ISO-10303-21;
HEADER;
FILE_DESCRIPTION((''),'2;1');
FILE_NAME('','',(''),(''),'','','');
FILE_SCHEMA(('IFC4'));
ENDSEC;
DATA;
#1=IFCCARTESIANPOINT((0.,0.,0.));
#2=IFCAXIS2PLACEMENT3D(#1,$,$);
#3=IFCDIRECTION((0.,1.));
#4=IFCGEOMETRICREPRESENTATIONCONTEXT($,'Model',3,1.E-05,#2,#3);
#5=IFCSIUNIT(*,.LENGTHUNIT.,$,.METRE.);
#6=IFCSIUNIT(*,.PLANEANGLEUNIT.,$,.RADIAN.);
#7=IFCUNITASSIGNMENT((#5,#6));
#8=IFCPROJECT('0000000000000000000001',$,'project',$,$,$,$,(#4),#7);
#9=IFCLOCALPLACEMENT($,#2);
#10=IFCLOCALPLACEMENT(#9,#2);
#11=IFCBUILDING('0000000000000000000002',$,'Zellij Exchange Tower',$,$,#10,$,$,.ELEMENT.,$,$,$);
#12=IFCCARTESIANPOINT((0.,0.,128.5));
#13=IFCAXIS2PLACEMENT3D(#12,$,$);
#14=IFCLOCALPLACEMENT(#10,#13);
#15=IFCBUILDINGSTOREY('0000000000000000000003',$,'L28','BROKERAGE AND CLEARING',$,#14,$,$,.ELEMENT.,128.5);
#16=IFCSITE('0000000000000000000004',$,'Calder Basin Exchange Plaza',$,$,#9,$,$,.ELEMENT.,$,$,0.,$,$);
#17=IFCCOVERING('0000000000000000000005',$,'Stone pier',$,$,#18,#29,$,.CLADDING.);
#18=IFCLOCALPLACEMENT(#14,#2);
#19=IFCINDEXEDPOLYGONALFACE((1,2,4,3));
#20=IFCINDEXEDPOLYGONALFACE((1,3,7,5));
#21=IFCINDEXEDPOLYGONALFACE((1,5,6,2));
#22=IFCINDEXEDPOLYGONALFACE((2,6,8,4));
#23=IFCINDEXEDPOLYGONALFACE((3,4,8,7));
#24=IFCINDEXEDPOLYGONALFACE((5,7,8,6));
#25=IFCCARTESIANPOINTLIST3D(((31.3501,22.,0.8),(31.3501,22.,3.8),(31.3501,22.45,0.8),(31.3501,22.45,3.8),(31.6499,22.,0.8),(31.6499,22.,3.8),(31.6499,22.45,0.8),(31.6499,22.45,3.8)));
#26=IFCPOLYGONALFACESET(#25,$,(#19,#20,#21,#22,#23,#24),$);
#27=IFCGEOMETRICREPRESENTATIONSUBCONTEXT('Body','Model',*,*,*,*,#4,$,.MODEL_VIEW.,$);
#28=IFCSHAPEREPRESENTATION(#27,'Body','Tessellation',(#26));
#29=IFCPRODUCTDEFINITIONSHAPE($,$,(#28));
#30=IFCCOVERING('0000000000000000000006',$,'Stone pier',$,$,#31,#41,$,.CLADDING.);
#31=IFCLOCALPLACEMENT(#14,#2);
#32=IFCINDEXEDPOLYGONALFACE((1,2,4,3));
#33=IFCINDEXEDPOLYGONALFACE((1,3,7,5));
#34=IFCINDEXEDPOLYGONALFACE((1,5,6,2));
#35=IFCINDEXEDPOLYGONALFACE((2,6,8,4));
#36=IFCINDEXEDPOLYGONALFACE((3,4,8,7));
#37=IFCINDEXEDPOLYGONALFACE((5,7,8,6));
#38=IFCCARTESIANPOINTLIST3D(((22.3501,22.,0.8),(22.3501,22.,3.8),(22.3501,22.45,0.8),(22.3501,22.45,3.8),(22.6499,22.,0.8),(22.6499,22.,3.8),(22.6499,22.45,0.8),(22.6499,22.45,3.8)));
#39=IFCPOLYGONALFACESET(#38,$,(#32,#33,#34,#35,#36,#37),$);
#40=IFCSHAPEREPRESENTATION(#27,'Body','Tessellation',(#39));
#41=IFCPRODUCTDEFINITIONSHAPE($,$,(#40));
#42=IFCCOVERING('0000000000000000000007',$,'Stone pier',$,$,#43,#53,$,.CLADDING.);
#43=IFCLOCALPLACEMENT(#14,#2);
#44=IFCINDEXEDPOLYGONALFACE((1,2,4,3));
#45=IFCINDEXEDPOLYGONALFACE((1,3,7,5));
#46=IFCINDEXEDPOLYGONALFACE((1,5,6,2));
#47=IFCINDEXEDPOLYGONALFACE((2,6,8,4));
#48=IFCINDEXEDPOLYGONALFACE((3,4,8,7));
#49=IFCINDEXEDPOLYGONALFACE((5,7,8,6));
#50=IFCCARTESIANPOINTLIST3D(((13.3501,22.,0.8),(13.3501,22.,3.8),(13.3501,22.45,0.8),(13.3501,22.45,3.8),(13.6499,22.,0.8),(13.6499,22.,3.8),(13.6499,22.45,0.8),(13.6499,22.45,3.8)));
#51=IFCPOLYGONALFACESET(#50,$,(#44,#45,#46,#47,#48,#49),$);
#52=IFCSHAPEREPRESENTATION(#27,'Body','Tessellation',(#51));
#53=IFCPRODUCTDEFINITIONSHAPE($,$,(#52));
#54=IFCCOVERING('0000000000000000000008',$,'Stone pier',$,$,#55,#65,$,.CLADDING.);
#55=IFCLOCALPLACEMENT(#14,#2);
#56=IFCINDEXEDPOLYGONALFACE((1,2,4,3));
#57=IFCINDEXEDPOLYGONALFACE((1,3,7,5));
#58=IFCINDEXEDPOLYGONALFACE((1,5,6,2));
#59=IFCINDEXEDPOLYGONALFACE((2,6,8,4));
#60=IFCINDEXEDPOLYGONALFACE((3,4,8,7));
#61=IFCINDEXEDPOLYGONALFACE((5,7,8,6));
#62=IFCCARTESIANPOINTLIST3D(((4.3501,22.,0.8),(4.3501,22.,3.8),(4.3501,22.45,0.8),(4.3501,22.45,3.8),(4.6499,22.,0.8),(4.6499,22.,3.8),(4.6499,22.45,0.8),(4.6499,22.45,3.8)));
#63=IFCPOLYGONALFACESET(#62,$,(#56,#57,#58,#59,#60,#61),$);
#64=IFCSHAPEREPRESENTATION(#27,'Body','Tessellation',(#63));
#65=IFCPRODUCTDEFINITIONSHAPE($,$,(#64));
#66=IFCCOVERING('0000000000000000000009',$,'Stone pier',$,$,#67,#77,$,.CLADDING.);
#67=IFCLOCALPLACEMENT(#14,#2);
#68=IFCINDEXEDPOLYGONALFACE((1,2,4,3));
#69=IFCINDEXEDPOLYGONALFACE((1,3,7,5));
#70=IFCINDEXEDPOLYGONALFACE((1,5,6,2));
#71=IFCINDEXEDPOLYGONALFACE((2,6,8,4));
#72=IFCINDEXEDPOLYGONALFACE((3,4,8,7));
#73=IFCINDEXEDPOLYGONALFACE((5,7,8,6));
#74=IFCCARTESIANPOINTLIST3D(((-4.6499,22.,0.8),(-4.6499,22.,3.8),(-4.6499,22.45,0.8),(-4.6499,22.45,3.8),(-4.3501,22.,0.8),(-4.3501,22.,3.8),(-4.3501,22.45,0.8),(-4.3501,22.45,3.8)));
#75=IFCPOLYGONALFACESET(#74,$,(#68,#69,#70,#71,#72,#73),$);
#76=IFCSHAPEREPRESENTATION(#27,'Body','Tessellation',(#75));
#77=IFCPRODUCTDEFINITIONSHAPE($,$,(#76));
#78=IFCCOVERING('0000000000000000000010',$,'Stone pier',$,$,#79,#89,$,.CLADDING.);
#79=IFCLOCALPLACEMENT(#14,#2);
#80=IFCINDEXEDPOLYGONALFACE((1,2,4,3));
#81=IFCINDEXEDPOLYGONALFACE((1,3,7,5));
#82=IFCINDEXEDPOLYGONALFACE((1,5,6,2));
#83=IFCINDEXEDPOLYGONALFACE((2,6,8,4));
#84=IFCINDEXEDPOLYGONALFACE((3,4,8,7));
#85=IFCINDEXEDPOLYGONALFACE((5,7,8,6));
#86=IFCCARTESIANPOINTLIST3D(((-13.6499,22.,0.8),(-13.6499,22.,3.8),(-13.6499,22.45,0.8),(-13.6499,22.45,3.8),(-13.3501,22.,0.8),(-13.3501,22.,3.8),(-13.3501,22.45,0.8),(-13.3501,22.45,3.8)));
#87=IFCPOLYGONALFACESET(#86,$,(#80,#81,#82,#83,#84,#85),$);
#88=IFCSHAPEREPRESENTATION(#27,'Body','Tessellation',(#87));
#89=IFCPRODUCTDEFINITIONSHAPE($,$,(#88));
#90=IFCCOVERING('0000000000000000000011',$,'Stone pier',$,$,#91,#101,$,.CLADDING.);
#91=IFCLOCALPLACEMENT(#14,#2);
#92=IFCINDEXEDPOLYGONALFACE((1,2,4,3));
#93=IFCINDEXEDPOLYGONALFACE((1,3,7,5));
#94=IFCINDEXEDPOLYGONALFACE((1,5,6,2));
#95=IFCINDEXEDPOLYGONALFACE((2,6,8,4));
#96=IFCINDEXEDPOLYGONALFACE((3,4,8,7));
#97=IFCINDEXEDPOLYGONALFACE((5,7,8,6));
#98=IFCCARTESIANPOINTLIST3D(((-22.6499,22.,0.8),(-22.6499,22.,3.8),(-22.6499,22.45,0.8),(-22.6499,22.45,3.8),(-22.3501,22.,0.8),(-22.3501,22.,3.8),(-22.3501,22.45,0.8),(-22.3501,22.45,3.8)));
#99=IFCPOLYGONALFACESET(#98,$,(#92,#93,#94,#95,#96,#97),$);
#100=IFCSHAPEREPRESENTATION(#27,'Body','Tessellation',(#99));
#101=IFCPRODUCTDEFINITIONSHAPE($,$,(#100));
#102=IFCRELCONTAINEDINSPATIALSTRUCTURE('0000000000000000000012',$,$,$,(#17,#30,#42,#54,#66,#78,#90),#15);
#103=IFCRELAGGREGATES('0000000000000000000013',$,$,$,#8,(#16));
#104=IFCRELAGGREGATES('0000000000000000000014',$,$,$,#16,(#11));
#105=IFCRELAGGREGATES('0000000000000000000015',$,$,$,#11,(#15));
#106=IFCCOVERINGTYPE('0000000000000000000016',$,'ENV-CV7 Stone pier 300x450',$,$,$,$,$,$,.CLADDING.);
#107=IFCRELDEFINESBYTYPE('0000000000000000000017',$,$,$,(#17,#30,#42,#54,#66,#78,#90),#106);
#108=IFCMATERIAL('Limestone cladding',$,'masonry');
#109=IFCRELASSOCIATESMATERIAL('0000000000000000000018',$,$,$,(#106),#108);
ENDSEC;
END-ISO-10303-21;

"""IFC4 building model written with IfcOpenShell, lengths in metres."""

from ifc_helpers import new_model, si_unit, direction, frame, origin, place, context, subcontext, project, spatial, polyline, outline, extrude, material, type_object, element, save


model = new_model("IFC4")

# Units and contexts
model_context = context("Model", 3, precision=1e-05, world=origin(), true_north=direction((0.0, 1.0)))
body_context = subcontext(model_context, "Body", "Model", "MODEL_VIEW")
ifc_project = project(units=[si_unit("LENGTHUNIT", "METRE"), si_unit("PLANEANGLEUNIT", "RADIAN")], contexts=[model_context])

# Site, building, storey
site_placement = place(None, origin())
site = spatial("IfcSite", under=ifc_project, at=site_placement, Name="Calder Basin Exchange Plaza", CompositionType="ELEMENT", RefElevation=0.0)
building_placement = place(site_placement, origin())
building = spatial("IfcBuilding", under=site, at=building_placement, Name="Zellij Exchange Tower", CompositionType="ELEMENT")
storey_placement = place(building_placement, frame((0.0, 0.0, 128.5)))
storey = spatial("IfcBuildingStorey", under=building, at=storey_placement, Name="L28", Description="BROKERAGE AND CLEARING", CompositionType="ELEMENT", Elevation=128.5)

# Coverings
ifc_material_1 = material(Name="Limestone cladding", Category="masonry")
covering_type_1 = type_object("IfcCoveringType", Name="ENV-CV7 Stone pier 300x450", PredefinedType="CLADDING", material=ifc_material_1)
covering_1_placement = place(storey_placement, frame((0.0, 0.0, 0.8)))
element("IfcCovering", 1, at=covering_1_placement, inside=storey, type_object=covering_type_1, Name="Stone pier", PredefinedType="CLADDING", context=body_context, shape_type="SweptSolid", body=[
    extrude(outline(polyline([(31.6499, 22.0), (31.3501, 22.0), (31.3501, 22.45), (31.6499, 22.45), (31.6499, 22.0)])), origin(), (0.0, 0.0, 1.0), 3.0),
])
covering_2_placement = place(storey_placement, frame((0.0, 0.0, 0.8)))
element("IfcCovering", 2, at=covering_2_placement, inside=storey, type_object=covering_type_1, Name="Stone pier", PredefinedType="CLADDING", context=body_context, shape_type="SweptSolid", body=[
    extrude(outline(polyline([(22.6499, 22.0), (22.3501, 22.0), (22.3501, 22.45), (22.6499, 22.45), (22.6499, 22.0)])), origin(), (0.0, 0.0, 1.0), 3.0),
])
covering_3_placement = place(storey_placement, frame((0.0, 0.0, 0.8)))
element("IfcCovering", 3, at=covering_3_placement, inside=storey, type_object=covering_type_1, Name="Stone pier", PredefinedType="CLADDING", context=body_context, shape_type="SweptSolid", body=[
    extrude(outline(polyline([(13.6499, 22.0), (13.3501, 22.0), (13.3501, 22.45), (13.6499, 22.45), (13.6499, 22.0)])), origin(), (0.0, 0.0, 1.0), 3.0),
])
covering_4_placement = place(storey_placement, frame((0.0, 0.0, 0.8)))
element("IfcCovering", 4, at=covering_4_placement, inside=storey, type_object=covering_type_1, Name="Stone pier", PredefinedType="CLADDING", context=body_context, shape_type="SweptSolid", body=[
    extrude(outline(polyline([(4.6499, 22.0), (4.3501, 22.0), (4.3501, 22.45), (4.6499, 22.45), (4.6499, 22.0)])), origin(), (0.0, 0.0, 1.0), 3.0),
])
covering_5_placement = place(storey_placement, frame((0.0, 0.0, 0.8)))
element("IfcCovering", 5, at=covering_5_placement, inside=storey, type_object=covering_type_1, Name="Stone pier", PredefinedType="CLADDING", context=body_context, shape_type="SweptSolid", body=[
    extrude(outline(polyline([(-4.3501, 22.0), (-4.6499, 22.0), (-4.6499, 22.45), (-4.3501, 22.45), (-4.3501, 22.0)])), origin(), (0.0, 0.0, 1.0), 3.0),
])
covering_6_placement = place(storey_placement, frame((0.0, 0.0, 0.8)))
element("IfcCovering", 6, at=covering_6_placement, inside=storey, type_object=covering_type_1, Name="Stone pier", PredefinedType="CLADDING", context=body_context, shape_type="SweptSolid", body=[
    extrude(outline(polyline([(-13.3501, 22.0), (-13.6499, 22.0), (-13.6499, 22.45), (-13.3501, 22.45), (-13.3501, 22.0)])), origin(), (0.0, 0.0, 1.0), 3.0),
])
covering_7_placement = place(storey_placement, frame((0.0, 0.0, 0.8)))
element("IfcCovering", 7, at=covering_7_placement, inside=storey, type_object=covering_type_1, Name="Stone pier", PredefinedType="CLADDING", context=body_context, shape_type="SweptSolid", body=[
    extrude(outline(polyline([(-22.3501, 22.0), (-22.6499, 22.0), (-22.6499, 22.45), (-22.3501, 22.45), (-22.3501, 22.0)])), origin(), (0.0, 0.0, 1.0), 3.0),
])

save(model, "model.ifc")
